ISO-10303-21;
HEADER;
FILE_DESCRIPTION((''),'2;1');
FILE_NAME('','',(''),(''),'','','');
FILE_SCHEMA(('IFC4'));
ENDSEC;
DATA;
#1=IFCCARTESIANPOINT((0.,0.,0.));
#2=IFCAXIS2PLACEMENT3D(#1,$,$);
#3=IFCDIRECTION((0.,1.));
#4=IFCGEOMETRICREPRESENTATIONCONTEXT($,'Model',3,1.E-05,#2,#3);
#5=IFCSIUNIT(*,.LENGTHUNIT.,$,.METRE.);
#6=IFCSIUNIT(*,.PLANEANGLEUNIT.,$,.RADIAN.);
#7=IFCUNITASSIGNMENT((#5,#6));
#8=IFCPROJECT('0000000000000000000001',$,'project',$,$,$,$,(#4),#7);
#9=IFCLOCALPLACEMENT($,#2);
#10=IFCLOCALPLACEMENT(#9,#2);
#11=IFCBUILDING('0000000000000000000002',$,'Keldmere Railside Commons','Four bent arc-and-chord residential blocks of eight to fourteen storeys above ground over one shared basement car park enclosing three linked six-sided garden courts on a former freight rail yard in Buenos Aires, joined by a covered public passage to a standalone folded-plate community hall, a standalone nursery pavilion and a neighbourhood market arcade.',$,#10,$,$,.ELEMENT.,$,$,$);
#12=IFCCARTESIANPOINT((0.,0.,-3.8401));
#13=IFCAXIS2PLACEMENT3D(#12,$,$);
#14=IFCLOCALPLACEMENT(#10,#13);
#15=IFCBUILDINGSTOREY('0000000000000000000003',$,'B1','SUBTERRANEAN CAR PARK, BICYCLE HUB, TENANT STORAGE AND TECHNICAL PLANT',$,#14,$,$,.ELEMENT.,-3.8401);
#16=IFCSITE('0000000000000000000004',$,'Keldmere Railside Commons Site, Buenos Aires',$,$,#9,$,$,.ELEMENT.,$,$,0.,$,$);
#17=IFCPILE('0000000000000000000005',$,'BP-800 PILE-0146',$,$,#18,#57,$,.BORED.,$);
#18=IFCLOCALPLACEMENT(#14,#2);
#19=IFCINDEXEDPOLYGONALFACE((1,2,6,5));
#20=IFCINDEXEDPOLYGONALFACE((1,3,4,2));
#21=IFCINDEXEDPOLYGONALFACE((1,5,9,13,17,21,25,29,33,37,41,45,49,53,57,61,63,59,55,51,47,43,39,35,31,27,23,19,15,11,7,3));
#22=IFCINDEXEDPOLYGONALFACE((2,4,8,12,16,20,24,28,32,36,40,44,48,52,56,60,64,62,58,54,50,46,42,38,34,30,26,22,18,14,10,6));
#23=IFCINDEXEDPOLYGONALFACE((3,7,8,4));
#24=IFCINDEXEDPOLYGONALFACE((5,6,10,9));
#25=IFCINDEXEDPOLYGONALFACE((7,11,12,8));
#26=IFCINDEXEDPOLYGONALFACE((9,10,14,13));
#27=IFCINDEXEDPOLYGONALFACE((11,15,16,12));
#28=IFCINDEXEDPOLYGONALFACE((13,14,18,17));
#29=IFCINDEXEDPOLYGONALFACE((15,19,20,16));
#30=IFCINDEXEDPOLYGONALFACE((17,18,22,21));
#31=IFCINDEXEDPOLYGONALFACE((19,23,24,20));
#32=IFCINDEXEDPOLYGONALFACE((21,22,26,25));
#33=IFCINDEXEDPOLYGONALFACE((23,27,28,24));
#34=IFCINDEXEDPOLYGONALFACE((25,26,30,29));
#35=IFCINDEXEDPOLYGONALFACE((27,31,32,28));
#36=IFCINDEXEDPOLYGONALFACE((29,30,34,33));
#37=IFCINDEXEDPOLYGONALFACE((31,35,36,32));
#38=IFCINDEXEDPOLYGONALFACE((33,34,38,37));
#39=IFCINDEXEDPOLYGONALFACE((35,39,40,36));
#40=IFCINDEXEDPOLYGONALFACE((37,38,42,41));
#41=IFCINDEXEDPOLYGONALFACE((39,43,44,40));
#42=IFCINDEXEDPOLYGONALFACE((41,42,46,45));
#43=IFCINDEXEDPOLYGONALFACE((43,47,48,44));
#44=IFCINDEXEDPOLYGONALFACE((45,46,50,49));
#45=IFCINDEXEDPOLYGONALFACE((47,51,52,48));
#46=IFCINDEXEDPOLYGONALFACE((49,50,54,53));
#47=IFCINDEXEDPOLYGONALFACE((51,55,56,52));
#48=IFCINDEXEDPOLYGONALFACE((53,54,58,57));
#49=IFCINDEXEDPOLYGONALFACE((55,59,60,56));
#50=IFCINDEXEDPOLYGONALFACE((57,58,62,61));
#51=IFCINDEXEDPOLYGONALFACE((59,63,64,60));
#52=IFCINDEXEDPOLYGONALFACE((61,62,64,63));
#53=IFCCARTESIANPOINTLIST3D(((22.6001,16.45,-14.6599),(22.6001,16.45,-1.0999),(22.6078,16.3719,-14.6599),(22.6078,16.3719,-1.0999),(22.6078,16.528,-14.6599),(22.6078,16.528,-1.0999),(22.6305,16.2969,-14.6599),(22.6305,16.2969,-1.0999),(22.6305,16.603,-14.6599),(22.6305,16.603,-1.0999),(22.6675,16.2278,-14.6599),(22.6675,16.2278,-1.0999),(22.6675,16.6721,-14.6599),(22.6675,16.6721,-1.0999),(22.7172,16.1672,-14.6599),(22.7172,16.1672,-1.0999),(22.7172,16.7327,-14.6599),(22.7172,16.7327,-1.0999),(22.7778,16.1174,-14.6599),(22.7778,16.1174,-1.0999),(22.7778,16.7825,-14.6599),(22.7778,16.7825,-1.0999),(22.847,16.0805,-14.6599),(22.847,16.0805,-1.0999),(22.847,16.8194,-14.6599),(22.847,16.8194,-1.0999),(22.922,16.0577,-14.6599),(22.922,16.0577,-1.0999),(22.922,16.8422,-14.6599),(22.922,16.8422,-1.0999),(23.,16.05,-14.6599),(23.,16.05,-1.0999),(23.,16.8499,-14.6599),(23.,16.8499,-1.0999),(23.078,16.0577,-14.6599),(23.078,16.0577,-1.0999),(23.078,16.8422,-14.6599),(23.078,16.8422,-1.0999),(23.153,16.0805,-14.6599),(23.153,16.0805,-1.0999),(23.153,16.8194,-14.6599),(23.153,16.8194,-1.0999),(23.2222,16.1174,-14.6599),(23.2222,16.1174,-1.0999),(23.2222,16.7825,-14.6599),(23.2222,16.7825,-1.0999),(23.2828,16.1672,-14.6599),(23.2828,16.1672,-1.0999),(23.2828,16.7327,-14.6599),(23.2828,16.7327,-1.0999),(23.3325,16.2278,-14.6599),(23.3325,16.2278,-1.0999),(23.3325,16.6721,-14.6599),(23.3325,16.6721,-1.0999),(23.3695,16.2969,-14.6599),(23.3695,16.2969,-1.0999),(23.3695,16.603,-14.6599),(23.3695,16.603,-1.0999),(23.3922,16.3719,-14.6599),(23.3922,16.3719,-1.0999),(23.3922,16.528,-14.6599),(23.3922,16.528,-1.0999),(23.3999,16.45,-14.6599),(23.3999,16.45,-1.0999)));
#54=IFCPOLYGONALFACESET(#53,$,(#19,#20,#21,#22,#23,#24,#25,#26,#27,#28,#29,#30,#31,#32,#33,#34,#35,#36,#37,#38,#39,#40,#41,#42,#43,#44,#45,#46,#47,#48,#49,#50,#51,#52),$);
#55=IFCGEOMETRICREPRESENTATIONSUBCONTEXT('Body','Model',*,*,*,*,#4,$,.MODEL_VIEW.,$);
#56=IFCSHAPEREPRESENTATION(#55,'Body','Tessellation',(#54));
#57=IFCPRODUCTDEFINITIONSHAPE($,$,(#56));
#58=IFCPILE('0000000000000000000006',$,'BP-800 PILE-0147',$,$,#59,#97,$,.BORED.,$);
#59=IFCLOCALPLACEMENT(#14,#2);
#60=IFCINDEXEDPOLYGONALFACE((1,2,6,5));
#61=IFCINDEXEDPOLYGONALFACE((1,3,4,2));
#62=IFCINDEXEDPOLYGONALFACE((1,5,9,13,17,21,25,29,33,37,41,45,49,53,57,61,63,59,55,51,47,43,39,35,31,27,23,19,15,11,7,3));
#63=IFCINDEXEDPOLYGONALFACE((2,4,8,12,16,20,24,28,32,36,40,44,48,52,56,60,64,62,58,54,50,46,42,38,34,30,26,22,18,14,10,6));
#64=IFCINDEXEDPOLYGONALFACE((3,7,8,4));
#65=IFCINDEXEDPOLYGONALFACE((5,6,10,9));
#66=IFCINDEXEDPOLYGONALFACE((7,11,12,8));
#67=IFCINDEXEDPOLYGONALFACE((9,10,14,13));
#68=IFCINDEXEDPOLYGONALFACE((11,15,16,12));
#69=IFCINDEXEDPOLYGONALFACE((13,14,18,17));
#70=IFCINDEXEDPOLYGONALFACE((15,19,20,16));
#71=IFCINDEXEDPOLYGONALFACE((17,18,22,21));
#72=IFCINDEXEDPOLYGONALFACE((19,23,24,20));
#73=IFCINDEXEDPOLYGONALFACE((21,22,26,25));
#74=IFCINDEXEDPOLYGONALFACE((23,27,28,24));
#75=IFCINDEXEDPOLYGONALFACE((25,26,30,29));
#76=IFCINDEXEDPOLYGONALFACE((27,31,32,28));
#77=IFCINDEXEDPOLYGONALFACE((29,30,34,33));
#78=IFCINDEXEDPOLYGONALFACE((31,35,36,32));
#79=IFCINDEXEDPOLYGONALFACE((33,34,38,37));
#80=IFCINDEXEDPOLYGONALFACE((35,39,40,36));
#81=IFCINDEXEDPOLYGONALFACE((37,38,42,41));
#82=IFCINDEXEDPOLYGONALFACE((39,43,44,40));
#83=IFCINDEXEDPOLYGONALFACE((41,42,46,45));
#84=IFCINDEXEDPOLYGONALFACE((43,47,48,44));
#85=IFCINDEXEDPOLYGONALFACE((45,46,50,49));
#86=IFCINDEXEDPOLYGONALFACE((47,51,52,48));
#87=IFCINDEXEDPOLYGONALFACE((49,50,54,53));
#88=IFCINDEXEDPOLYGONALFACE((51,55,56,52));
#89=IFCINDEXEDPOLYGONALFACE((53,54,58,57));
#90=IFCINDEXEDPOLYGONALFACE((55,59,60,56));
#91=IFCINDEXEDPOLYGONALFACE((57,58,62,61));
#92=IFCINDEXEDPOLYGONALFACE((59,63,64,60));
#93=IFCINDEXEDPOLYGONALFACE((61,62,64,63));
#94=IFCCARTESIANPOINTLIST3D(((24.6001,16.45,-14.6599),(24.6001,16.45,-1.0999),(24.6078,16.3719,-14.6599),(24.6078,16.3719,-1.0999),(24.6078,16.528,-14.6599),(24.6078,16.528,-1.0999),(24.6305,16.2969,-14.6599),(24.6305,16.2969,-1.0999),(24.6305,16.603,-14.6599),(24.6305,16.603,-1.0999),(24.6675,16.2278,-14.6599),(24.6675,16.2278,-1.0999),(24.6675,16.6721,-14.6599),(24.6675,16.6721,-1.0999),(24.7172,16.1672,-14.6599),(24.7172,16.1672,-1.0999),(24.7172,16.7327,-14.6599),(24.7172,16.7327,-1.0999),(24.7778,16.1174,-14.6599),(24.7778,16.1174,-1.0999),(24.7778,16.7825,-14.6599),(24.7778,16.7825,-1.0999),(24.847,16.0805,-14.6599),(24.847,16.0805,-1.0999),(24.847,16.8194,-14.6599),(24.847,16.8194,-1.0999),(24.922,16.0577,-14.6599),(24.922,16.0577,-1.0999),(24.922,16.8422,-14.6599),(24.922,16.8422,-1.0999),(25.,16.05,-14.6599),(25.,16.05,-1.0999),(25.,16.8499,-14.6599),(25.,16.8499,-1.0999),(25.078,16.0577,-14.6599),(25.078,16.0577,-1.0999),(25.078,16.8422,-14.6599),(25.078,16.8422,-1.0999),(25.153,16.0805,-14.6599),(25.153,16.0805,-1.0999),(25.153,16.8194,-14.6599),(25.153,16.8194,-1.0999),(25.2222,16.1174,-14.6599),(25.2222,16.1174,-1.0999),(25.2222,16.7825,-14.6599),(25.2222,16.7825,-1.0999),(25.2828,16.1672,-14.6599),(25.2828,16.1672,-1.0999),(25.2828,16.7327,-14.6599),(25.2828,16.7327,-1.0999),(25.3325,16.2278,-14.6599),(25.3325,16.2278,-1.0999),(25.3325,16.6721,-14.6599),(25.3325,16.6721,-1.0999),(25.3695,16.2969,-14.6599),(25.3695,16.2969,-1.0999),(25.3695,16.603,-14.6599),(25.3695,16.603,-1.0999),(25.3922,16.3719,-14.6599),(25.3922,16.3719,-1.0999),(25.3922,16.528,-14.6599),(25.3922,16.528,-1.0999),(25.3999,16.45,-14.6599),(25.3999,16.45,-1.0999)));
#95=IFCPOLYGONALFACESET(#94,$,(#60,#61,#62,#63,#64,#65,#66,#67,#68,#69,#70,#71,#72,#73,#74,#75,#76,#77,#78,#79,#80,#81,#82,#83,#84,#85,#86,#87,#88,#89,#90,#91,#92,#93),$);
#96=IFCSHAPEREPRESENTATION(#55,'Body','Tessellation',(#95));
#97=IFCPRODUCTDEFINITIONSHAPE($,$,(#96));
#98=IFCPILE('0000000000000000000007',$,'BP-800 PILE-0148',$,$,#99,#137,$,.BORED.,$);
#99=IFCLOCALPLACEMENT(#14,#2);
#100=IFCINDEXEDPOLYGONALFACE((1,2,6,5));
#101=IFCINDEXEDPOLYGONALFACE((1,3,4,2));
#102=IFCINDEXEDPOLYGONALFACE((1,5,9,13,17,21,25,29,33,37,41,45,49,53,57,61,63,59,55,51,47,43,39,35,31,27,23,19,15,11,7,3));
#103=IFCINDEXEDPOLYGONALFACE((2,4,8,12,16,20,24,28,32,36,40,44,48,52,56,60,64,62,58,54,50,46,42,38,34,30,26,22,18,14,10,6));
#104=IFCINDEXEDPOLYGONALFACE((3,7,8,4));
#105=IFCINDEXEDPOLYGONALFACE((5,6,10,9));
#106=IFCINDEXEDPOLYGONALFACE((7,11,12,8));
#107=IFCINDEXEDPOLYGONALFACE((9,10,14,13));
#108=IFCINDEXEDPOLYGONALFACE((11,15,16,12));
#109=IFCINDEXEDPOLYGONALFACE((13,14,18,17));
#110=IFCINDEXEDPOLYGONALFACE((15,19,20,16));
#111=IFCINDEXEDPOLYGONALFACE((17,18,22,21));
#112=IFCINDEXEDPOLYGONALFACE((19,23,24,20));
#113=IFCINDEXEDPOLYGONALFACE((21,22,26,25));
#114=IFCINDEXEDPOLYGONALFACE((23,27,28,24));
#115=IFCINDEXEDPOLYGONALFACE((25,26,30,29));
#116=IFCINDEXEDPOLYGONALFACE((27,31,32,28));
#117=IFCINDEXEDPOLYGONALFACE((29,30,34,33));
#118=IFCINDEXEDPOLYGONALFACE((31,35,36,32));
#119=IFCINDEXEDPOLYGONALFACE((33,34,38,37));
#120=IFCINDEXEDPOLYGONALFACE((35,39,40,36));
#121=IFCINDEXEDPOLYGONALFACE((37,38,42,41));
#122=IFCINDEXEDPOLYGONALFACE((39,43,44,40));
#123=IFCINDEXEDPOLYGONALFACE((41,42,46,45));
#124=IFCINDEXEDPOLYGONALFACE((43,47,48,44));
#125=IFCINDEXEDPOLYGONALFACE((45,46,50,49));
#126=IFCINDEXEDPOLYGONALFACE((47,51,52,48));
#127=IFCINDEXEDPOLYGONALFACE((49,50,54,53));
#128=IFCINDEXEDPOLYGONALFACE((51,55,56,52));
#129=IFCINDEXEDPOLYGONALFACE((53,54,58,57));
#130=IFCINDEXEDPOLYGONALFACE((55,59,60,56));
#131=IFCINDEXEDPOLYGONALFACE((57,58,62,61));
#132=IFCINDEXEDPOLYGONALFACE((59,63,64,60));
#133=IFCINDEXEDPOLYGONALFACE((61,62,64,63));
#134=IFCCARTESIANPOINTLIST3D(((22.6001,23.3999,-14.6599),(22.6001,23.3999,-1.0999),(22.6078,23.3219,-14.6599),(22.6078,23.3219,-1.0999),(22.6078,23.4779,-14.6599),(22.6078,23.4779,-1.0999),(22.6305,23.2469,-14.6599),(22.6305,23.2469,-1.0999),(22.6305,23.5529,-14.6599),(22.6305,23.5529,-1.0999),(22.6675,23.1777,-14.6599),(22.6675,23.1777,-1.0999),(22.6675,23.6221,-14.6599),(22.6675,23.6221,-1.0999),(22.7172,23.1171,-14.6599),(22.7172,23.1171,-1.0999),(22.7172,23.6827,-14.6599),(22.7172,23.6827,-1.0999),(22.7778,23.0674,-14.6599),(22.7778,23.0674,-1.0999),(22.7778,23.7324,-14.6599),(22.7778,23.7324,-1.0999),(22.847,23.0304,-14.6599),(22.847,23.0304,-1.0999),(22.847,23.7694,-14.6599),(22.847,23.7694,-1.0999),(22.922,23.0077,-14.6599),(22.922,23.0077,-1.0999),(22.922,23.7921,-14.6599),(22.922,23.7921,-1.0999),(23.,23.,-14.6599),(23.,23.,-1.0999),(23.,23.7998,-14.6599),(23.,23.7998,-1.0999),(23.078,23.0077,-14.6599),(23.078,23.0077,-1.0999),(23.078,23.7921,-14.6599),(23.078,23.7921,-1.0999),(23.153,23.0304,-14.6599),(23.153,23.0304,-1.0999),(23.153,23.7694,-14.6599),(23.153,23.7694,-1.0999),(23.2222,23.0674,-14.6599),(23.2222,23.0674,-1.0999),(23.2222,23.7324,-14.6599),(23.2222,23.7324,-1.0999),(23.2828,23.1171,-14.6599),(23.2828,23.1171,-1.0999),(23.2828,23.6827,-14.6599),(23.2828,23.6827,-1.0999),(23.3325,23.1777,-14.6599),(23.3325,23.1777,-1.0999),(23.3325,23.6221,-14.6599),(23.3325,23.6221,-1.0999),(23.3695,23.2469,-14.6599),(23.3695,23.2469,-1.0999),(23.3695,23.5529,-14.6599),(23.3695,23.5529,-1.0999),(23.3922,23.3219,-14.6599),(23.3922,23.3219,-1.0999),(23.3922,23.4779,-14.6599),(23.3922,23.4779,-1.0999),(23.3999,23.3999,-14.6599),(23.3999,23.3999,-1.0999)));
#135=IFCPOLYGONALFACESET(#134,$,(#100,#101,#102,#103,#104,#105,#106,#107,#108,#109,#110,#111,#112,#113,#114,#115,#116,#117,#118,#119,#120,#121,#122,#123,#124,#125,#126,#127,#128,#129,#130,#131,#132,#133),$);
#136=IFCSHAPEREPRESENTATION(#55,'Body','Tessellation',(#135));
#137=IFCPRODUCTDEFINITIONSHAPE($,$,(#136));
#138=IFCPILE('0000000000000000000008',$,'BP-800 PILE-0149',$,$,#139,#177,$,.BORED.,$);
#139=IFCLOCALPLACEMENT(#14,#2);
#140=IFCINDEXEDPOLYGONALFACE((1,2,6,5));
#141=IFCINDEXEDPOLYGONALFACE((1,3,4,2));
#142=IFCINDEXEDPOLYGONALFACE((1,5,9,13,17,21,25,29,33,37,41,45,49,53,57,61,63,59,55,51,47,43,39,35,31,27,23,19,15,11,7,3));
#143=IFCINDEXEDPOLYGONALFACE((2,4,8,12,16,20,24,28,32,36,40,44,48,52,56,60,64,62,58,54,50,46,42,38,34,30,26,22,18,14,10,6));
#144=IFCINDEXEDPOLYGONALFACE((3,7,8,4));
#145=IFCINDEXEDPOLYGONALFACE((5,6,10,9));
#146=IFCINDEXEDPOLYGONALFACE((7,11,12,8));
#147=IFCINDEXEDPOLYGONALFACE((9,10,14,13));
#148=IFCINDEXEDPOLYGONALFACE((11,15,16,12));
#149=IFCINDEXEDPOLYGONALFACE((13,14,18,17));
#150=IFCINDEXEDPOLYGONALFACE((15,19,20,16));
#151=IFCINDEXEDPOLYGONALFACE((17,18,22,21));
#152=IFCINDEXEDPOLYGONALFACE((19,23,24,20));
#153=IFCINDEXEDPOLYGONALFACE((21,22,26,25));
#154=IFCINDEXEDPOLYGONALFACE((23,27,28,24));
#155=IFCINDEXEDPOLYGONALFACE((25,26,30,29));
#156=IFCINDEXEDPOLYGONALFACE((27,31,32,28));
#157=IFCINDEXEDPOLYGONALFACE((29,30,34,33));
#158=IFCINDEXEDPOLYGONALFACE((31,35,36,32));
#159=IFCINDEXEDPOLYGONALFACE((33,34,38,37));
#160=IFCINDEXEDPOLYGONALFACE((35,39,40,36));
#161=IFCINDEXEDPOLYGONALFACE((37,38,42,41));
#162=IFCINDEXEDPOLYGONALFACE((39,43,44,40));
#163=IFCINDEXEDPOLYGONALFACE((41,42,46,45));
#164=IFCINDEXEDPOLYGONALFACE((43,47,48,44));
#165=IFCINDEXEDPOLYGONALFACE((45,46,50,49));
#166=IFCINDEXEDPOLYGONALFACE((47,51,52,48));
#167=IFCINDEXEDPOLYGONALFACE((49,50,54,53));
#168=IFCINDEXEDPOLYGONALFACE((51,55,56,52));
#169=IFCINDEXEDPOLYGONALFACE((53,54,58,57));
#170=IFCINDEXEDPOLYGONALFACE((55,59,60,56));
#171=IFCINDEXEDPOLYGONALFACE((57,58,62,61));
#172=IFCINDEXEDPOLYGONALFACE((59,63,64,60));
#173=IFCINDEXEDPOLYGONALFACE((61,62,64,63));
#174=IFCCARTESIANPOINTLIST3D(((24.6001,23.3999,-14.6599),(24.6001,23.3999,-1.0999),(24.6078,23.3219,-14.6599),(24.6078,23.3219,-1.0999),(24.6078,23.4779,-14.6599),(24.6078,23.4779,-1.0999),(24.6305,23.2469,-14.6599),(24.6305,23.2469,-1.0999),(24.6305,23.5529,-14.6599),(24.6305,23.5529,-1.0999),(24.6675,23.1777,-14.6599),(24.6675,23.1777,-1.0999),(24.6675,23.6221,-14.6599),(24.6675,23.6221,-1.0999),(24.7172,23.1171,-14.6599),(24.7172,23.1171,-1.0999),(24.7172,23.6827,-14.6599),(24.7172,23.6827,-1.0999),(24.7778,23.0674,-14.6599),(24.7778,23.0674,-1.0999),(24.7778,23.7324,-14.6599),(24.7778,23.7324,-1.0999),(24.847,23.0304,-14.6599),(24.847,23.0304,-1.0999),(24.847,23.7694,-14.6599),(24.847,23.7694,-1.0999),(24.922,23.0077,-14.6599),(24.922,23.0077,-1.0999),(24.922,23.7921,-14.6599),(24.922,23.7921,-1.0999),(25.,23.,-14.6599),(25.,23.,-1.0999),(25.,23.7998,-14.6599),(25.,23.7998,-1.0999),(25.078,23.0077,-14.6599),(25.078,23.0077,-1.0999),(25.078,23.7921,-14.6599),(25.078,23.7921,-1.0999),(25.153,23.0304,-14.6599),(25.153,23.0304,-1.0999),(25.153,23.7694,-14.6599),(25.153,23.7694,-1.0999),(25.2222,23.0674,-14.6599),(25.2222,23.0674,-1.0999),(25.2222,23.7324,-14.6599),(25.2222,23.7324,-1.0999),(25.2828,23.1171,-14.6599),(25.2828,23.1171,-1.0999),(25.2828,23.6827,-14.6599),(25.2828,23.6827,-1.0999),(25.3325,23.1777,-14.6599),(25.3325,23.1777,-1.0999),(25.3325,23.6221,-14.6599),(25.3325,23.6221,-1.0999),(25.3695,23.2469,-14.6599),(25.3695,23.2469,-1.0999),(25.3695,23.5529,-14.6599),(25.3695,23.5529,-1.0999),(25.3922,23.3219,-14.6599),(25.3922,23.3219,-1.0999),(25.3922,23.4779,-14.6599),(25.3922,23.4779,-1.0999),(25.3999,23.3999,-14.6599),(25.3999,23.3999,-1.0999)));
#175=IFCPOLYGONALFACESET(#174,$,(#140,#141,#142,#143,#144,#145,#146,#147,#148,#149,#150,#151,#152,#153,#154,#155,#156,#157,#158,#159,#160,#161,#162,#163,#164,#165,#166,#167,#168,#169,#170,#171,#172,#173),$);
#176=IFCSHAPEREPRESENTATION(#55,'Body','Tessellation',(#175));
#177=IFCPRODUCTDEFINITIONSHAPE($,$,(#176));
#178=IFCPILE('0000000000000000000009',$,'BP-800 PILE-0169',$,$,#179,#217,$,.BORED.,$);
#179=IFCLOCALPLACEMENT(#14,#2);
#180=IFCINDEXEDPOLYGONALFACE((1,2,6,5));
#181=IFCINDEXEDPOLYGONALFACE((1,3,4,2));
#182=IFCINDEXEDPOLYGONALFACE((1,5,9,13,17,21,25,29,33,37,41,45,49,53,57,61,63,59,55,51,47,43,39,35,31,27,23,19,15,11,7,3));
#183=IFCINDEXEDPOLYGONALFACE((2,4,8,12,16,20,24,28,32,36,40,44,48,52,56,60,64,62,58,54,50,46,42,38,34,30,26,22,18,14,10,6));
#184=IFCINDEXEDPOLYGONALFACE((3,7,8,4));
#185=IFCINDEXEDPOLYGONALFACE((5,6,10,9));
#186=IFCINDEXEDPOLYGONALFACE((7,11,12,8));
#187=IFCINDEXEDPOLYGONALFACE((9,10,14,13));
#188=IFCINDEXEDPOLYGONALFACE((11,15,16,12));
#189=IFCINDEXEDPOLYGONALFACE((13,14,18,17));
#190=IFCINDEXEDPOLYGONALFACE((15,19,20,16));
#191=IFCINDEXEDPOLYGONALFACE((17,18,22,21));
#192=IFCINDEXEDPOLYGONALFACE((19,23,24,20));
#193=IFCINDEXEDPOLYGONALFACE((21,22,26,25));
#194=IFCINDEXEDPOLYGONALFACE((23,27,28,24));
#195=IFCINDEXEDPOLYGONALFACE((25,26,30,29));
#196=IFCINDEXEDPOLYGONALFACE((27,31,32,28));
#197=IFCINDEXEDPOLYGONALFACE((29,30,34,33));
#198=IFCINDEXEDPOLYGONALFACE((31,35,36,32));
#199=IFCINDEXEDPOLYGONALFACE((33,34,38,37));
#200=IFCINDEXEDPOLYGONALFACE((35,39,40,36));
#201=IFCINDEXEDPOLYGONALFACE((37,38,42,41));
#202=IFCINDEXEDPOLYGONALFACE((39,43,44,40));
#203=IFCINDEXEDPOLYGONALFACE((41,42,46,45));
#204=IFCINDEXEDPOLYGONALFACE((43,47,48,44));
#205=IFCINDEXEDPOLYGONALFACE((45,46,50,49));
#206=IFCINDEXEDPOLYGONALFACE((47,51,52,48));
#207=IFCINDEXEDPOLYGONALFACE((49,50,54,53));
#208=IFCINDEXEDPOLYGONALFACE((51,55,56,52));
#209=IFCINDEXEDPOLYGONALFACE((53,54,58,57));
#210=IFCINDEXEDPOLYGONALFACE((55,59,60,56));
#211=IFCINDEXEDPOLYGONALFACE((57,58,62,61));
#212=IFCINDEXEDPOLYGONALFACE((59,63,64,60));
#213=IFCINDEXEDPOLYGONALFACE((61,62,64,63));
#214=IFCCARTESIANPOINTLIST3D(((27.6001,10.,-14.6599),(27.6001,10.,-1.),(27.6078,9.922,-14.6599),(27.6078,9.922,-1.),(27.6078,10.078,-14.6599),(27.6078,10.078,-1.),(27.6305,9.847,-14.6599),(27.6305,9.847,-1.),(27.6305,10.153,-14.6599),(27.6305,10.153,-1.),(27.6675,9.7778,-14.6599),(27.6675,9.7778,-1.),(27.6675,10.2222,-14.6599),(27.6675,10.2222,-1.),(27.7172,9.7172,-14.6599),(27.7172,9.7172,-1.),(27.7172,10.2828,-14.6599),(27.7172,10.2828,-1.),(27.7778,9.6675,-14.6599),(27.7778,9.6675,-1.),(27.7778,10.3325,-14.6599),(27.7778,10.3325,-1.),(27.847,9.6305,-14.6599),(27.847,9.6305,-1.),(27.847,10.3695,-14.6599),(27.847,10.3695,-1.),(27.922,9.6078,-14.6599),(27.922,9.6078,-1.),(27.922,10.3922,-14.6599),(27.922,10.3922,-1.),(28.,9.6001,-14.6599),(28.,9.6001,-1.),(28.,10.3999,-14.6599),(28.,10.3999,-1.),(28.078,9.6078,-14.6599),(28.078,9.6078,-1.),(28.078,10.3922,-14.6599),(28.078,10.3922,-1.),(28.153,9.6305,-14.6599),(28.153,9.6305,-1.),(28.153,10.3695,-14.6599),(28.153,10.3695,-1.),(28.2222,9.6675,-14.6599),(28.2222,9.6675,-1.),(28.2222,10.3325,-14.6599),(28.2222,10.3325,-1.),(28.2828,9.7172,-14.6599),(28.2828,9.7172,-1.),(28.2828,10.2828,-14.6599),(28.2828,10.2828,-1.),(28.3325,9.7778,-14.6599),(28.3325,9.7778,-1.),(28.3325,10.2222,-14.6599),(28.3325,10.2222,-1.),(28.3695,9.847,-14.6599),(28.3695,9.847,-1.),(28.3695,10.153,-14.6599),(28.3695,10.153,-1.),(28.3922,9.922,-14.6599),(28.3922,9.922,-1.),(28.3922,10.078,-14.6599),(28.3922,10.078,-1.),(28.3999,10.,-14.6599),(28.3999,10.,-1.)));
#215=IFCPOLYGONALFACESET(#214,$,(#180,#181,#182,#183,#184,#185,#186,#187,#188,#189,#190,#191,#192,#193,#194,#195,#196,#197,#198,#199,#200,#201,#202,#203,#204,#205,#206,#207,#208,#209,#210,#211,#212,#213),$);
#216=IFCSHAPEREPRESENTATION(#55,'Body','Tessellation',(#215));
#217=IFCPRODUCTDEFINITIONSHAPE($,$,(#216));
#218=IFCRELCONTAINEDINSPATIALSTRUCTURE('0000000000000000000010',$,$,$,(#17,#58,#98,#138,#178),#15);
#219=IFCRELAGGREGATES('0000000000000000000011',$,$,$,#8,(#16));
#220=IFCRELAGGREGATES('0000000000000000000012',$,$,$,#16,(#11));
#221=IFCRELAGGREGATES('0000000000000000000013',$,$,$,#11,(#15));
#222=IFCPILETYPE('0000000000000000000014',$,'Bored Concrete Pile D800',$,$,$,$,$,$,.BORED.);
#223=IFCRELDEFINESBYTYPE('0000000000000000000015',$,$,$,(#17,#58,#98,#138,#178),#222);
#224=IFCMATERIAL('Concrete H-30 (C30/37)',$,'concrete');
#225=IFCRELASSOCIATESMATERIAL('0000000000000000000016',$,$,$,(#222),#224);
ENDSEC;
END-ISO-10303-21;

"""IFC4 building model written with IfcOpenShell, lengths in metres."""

from ifc_helpers import new_model, si_unit, direction, frame, origin, origin_2d, place, context, subcontext, project, spatial, circle, extrude, material, material_profile, profile_set, type_object, element, save


model = new_model("IFC4")

# Units and contexts
model_context = context("Model", 3, precision=1e-05, world=origin(), true_north=direction((0.0, 1.0)))
body_context = subcontext(model_context, "Body", "Model", "MODEL_VIEW")
ifc_project = project(units=[si_unit("LENGTHUNIT", "METRE"), si_unit("PLANEANGLEUNIT", "RADIAN")], contexts=[model_context])

# Site, building, storey
site_placement = place(None, origin())
site = spatial("IfcSite", under=ifc_project, at=site_placement, Name="Keldmere Railside Commons Site, Buenos Aires", CompositionType="ELEMENT", RefElevation=0.0)
building_placement = place(site_placement, origin())
building = spatial("IfcBuilding", under=site, at=building_placement, Name="Keldmere Railside Commons", Description="Four bent arc-and-chord residential blocks of eight to fourteen storeys above ground over one shared basement car park enclosing three linked six-sided garden courts on a former freight rail yard in Buenos Aires, joined by a covered public passage to a standalone folded-plate community hall, a standalone nursery pavilion and a neighbourhood market arcade.", CompositionType="ELEMENT")
storey_placement = place(building_placement, frame((0.0, 0.0, -3.8401)))
storey = spatial("IfcBuildingStorey", under=building, at=storey_placement, Name="B1", Description="SUBTERRANEAN CAR PARK, BICYCLE HUB, TENANT STORAGE AND TECHNICAL PLANT", CompositionType="ELEMENT", Elevation=-3.8401)

# Piles
ifc_material_1 = material(Name="Concrete H-30 (C30/37)", Category="concrete")
ifc_material_profile_1 = material_profile(ifc_material_1, circle(Radius=0.3999, at=origin_2d()), Name="PILE-D800")
ifc_profile_set_1 = profile_set([ifc_material_profile_1], Name="Concrete H-30 (C30/37)")
pile_type = type_object("IfcPileType", Name="Bored Concrete Pile D800", PredefinedType="BORED", material=ifc_profile_set_1)
for number, where, z_axis, x_axis, name in (
    (1, (23.0, 16.45, -1.0999), (0.0, 0.0, -1.0), (1.0, 0.0, 0.0), "BP-800 PILE-0146"),
    (2, (25.0, 16.45, -1.0999), (0.0, 0.0, -1.0), (1.0, 0.0, 0.0), "BP-800 PILE-0147"),
    (3, (23.0, 23.3999, -1.0999), (0.0, 0.0, -1.0), (1.0, 0.0, 0.0), "BP-800 PILE-0148"),
    (4, (25.0, 23.3999, -1.0999), (0.0, 0.0, -1.0), (1.0, 0.0, 0.0), "BP-800 PILE-0149"),
):
    element("IfcPile", number, at=place(storey_placement, frame(where, z_axis=z_axis, x_axis=x_axis)), inside=storey, type_object=pile_type, Name=name, PredefinedType="BORED", context=body_context, shape_type="SweptSolid", body=[
        extrude(circle(Radius=0.3999, at=origin_2d()), origin(), (0.0, 0.0, 1.0), 13.5601),
    ])
pile_placement = place(storey_placement, frame((28.0, 10.0, -1.0), z_axis=(0.0, 0.0, -1.0), x_axis=(1.0, 0.0, 0.0)))
element("IfcPile", 5, at=pile_placement, inside=storey, type_object=pile_type, Name="BP-800 PILE-0169", PredefinedType="BORED", context=body_context, shape_type="SweptSolid", body=[
    extrude(circle(Radius=0.3999, at=origin_2d()), origin(), (0.0, 0.0, 1.0), 13.6599),
])

save(model, "model.ifc")
